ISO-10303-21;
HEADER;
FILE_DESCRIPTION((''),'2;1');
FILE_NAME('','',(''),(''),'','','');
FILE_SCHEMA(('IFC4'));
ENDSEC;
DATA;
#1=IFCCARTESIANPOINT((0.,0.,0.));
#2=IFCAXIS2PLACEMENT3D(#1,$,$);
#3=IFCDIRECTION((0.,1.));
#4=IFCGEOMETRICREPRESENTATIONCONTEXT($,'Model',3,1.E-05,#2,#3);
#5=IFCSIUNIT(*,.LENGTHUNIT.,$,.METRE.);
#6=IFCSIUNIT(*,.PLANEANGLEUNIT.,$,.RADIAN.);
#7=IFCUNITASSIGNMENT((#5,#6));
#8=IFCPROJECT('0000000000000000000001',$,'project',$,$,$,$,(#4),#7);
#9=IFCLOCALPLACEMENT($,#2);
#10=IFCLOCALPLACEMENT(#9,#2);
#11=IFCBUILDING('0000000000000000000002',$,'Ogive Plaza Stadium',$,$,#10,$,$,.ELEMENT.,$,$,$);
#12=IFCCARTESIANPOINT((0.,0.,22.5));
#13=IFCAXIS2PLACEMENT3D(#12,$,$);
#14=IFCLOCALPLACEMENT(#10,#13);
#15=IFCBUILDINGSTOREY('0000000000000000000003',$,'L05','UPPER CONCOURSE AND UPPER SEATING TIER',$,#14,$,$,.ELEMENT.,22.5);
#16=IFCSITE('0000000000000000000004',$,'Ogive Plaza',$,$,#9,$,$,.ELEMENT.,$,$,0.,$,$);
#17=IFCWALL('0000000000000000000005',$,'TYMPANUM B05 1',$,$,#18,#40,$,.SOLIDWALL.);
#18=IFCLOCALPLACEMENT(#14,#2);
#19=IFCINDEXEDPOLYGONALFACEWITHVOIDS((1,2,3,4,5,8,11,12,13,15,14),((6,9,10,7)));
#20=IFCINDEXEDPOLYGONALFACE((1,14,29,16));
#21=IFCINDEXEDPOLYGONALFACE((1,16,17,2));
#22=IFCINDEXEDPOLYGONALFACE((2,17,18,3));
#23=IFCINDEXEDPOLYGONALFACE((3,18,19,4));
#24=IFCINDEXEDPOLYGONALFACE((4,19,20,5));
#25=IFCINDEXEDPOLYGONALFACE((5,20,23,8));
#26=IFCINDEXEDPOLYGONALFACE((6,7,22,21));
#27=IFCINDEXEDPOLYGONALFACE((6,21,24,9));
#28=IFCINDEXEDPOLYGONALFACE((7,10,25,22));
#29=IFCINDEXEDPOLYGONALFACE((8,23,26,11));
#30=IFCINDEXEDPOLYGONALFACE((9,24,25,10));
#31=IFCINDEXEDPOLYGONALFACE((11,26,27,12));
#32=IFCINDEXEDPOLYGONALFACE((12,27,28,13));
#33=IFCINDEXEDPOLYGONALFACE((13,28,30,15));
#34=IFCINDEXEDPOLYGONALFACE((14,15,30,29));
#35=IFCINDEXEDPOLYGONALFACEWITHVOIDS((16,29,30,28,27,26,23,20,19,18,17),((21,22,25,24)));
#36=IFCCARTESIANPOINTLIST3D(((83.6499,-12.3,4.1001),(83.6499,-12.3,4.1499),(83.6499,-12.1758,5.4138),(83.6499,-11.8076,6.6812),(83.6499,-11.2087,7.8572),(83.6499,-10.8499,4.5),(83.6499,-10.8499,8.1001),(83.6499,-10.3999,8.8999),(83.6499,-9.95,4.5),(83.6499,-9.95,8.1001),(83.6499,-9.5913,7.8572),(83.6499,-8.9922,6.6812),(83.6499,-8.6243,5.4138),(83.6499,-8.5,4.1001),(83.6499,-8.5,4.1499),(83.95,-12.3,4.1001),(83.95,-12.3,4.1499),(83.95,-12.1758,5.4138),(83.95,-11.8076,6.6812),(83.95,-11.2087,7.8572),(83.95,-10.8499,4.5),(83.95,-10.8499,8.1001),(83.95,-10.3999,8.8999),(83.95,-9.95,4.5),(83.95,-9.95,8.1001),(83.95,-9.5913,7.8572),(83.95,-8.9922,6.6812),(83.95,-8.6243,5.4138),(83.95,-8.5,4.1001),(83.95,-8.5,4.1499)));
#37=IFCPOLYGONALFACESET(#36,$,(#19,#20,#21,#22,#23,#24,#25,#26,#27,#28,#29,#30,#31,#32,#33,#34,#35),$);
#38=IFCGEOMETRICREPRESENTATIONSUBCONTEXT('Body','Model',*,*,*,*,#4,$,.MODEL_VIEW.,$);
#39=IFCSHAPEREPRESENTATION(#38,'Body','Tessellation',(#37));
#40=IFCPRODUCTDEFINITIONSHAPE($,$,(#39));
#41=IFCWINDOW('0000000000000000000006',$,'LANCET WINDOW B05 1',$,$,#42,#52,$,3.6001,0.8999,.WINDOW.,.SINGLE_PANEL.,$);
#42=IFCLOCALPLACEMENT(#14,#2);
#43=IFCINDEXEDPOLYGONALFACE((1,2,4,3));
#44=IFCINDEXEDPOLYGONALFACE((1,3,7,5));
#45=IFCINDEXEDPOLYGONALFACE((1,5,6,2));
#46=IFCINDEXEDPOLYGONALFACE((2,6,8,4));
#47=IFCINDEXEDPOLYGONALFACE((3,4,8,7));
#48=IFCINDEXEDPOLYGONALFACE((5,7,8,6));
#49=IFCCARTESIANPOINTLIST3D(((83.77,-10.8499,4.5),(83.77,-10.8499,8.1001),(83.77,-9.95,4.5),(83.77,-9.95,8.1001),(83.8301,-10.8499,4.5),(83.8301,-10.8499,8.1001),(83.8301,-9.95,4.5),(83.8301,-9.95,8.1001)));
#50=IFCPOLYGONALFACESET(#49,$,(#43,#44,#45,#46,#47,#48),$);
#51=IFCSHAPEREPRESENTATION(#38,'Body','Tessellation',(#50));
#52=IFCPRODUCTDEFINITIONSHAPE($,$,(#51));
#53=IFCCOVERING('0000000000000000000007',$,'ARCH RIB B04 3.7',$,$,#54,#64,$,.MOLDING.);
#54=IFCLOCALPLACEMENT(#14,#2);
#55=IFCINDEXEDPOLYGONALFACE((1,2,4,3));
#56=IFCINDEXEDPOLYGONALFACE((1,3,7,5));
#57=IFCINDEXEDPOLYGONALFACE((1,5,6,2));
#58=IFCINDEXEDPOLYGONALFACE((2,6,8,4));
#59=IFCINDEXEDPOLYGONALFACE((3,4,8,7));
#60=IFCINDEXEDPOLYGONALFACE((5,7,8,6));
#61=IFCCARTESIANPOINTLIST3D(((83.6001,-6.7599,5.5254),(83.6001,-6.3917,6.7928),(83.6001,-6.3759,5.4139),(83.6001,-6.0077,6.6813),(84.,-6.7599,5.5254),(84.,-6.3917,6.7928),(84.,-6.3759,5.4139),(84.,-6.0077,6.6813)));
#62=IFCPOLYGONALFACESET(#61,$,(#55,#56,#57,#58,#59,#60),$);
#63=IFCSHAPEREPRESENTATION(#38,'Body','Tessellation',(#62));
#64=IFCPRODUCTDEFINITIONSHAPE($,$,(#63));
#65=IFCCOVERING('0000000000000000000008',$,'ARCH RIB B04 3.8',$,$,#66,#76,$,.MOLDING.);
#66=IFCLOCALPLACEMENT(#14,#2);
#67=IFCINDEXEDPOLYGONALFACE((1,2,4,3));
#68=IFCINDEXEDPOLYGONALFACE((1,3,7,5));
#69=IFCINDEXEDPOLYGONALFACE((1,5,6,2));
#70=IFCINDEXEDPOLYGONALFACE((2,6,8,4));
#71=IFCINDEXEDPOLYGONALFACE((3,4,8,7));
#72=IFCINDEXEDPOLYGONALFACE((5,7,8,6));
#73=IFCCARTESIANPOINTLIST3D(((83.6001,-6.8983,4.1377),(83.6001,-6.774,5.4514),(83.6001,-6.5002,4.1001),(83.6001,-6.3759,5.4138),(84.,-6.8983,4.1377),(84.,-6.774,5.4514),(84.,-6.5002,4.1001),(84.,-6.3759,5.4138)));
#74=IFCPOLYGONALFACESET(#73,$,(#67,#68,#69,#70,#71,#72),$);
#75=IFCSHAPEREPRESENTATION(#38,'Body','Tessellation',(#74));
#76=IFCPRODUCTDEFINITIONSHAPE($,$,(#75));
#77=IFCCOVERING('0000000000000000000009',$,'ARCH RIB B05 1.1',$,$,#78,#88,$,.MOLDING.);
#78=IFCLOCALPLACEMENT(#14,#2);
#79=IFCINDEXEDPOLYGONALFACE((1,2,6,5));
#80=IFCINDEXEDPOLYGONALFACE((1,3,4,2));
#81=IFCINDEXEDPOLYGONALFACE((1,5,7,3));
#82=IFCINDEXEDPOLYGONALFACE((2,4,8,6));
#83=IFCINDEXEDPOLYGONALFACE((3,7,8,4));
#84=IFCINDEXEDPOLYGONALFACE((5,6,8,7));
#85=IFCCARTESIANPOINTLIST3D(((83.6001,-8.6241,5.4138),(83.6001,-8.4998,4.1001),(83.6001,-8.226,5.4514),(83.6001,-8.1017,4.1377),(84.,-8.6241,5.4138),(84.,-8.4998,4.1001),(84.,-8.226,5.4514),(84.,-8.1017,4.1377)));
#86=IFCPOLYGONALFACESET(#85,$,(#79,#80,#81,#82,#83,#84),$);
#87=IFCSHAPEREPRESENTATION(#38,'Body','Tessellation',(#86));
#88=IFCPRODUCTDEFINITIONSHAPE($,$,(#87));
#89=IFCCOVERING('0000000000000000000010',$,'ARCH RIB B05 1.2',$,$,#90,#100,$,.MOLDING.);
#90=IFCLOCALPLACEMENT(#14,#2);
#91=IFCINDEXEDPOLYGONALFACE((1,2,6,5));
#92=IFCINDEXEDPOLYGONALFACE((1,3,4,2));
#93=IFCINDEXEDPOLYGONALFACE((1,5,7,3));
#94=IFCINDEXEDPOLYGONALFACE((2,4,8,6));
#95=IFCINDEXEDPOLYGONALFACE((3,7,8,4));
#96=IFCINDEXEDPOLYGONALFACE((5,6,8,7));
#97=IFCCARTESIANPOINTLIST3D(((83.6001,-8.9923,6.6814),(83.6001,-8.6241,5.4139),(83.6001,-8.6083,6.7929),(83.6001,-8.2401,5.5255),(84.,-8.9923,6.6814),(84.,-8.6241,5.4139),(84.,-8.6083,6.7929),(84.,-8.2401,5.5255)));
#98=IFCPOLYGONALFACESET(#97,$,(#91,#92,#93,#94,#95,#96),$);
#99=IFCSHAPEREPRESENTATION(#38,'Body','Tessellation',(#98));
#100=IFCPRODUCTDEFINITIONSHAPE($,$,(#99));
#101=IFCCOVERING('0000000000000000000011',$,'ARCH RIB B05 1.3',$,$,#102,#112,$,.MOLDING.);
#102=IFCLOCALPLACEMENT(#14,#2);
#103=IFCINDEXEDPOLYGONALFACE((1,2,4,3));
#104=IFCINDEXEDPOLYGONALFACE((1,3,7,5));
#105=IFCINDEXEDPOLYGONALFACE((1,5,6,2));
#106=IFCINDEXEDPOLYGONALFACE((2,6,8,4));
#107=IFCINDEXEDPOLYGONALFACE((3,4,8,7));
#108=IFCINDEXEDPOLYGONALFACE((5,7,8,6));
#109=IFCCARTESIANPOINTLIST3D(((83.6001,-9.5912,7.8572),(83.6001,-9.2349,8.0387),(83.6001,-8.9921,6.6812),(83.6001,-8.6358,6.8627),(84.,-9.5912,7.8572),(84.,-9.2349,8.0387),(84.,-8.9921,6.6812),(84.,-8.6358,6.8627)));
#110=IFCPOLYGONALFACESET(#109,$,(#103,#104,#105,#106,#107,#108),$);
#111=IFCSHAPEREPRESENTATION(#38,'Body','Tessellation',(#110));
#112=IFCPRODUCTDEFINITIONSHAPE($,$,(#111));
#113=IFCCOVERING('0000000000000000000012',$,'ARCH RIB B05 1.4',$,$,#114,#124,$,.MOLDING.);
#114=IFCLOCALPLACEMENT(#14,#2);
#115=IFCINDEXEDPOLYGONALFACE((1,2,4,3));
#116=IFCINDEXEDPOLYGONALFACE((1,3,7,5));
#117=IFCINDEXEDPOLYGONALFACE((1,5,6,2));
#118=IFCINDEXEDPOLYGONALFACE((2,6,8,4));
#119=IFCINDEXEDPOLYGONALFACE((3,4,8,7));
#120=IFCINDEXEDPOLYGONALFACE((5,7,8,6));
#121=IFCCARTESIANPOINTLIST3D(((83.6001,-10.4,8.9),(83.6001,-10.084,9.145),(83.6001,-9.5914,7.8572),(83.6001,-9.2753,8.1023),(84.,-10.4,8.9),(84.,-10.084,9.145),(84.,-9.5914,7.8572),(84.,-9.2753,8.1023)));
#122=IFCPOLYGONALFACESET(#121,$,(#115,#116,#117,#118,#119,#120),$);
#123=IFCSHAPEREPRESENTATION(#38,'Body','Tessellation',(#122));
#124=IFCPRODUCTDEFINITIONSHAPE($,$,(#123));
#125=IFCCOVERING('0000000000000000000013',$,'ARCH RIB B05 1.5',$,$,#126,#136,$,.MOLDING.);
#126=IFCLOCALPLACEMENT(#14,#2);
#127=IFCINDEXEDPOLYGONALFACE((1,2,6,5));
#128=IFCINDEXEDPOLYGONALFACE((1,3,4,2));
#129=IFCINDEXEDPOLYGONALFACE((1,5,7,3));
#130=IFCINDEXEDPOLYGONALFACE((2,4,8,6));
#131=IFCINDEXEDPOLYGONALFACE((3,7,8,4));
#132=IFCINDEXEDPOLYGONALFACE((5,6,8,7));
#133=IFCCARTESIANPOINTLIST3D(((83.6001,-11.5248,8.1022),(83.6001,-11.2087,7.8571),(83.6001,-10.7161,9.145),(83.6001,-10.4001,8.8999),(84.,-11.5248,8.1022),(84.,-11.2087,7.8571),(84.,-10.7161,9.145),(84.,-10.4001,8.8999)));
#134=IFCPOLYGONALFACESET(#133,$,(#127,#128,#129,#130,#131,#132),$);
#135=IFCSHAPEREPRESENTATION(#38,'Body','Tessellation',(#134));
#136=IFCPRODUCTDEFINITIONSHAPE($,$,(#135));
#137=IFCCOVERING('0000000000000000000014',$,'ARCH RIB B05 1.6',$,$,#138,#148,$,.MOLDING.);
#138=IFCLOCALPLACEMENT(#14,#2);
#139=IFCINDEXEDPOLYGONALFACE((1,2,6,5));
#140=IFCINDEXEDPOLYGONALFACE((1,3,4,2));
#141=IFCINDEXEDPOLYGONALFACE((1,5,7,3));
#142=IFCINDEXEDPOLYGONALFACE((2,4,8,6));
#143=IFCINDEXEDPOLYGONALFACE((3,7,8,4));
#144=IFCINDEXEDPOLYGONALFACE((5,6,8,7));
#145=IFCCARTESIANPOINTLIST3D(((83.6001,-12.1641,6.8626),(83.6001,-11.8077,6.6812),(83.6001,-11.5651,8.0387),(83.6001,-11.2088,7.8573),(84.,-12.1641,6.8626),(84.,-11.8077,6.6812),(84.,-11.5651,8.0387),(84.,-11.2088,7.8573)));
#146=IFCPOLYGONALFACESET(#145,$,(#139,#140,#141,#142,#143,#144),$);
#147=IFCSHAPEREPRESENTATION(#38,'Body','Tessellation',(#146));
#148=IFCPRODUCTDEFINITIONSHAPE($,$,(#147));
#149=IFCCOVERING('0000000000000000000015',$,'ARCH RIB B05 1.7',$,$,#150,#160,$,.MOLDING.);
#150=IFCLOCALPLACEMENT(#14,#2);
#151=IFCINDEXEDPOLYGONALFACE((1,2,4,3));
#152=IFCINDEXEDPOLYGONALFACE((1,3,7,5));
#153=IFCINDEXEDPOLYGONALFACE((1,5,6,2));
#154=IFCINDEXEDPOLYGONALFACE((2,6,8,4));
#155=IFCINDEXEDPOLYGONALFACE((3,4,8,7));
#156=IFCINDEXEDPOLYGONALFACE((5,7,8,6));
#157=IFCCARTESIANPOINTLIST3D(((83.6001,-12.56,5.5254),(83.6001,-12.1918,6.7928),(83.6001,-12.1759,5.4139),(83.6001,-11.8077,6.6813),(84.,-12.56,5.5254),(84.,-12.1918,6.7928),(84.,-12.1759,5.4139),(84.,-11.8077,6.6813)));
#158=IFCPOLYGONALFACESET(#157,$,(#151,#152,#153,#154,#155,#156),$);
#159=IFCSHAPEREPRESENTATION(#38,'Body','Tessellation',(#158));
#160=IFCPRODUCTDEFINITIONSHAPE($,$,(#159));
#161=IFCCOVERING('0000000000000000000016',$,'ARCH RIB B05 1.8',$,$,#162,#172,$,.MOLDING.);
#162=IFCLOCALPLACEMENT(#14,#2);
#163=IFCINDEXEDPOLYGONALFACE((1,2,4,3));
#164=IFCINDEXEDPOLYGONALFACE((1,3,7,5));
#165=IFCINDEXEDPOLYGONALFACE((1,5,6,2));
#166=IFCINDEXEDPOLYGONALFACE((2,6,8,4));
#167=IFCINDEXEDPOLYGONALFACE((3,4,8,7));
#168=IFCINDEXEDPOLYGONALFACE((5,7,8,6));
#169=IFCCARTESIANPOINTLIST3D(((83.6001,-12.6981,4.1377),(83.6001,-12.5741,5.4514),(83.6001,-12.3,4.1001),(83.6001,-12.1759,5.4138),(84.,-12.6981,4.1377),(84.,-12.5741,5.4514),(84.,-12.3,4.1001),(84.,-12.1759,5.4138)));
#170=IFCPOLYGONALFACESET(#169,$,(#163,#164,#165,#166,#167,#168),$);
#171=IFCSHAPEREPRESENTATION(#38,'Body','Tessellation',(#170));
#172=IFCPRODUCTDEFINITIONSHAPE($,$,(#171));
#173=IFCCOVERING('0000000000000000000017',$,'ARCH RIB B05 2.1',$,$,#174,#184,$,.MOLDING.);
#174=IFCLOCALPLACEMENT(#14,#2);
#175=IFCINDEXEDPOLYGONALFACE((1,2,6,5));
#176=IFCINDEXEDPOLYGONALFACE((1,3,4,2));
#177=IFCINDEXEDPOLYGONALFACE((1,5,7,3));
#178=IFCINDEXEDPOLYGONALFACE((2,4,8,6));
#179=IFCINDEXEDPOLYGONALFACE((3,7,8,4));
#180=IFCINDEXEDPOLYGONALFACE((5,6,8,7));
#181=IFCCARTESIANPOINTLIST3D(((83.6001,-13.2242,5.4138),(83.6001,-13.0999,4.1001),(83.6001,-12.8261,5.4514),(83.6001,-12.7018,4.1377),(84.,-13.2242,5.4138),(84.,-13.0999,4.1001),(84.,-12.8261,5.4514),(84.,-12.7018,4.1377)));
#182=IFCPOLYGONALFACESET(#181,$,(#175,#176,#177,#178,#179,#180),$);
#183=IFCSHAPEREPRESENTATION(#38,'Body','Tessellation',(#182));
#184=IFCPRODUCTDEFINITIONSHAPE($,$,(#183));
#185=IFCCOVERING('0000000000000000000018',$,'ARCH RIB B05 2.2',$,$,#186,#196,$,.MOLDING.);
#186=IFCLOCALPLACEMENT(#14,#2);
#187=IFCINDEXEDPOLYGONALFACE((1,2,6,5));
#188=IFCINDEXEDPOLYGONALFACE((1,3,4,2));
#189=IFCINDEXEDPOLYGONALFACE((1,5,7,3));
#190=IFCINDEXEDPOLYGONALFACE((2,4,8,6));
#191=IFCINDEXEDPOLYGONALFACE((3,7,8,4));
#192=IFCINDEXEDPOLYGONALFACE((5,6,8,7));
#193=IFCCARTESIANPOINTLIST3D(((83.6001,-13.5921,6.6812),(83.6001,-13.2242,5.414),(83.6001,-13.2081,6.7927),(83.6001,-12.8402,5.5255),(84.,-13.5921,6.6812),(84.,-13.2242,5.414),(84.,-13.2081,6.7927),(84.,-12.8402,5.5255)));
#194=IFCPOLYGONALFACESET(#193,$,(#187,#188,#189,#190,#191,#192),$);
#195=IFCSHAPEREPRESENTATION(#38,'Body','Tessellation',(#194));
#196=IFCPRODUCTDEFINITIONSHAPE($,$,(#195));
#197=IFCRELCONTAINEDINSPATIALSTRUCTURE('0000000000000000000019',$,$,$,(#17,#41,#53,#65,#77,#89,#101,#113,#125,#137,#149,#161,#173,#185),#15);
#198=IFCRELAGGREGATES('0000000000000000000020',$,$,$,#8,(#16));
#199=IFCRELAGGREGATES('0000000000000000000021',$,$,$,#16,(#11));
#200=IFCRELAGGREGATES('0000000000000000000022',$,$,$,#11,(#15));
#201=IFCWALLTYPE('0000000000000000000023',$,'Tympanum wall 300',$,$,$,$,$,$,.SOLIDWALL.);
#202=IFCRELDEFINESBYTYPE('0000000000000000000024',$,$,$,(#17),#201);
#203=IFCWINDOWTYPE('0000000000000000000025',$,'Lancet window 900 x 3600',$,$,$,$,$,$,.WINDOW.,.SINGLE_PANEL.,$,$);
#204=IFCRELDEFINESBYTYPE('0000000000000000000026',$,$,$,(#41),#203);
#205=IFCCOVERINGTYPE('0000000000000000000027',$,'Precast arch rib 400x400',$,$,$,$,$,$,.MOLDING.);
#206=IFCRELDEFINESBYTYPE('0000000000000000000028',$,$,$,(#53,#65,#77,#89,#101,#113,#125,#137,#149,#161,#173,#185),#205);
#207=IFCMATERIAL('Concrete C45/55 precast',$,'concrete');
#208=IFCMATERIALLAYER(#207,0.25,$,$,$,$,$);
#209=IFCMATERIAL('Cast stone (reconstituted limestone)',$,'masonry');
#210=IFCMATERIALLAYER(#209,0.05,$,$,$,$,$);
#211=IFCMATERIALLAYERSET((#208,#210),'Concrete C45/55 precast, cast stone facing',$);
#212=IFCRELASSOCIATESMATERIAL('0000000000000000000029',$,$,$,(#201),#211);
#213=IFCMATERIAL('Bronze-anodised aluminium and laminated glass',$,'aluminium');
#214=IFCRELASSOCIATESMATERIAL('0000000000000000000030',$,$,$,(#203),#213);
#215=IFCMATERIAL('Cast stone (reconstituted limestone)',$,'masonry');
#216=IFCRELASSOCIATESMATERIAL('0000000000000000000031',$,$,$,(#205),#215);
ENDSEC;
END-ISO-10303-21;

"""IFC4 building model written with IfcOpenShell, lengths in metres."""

from ifc_helpers import new_model, si_unit, direction, frame, frame_2d, origin, origin_2d, place, context, subcontext, project, spatial, polyline, rectangle, outline, extrude, material, layer, layer_set, material_profile, profile_set, type_object, element, fill, save


model = new_model("IFC4")

# Units and contexts
model_context = context("Model", 3, precision=1e-05, world=origin(), true_north=direction((0.0, 1.0)))
body_context = subcontext(model_context, "Body", "Model", "MODEL_VIEW")
ifc_project = project(units=[si_unit("LENGTHUNIT", "METRE"), si_unit("PLANEANGLEUNIT", "RADIAN")], contexts=[model_context])

# Site, building, storey
site_placement = place(None, origin())
site = spatial("IfcSite", under=ifc_project, at=site_placement, Name="Ogive Plaza", CompositionType="ELEMENT", RefElevation=0.0)
building_placement = place(site_placement, origin())
building = spatial("IfcBuilding", under=site, at=building_placement, Name="Ogive Plaza Stadium", CompositionType="ELEMENT")
storey_placement = place(building_placement, frame((0.0, 0.0, 22.5)))
storey = spatial("IfcBuildingStorey", under=building, at=storey_placement, Name="L05", Description="UPPER CONCOURSE AND UPPER SEATING TIER", CompositionType="ELEMENT", Elevation=22.5)

# Wall, opening, window
ifc_material_1 = material(Name="Concrete C45/55 precast", Category="concrete")
ifc_layer_1 = layer(ifc_material_1, 0.25)
ifc_material_2 = material(Name="Cast stone (reconstituted limestone)", Category="masonry")
ifc_layer_2 = layer(ifc_material_2, 0.05)
ifc_layer_set_1 = layer_set([ifc_layer_1, ifc_layer_2], Name="Concrete C45/55 precast, cast stone facing")
wall_type = type_object("IfcWallType", Name="Tympanum wall 300", PredefinedType="SOLIDWALL", material=ifc_layer_set_1)
wall_placement = place(storey_placement, frame((83.8, -8.5, 4.1001), z_axis=(0.0, 0.0, 1.0), x_axis=(0.0, -1.0, 0.0)))
wall = element("IfcWall", 1, at=wall_placement, inside=storey, type_object=wall_type, Name="TYMPANUM B05 1", PredefinedType="SOLIDWALL", context=body_context, shape_type="SweptSolid", body=[
    extrude(outline(polyline([(0.0, 0.0), (3.8, 0.0), (3.8, 0.0498), (3.6758, 1.3137), (3.3076, 2.5811), (2.7087, 3.7571), (1.8999, 4.7998), (1.0913, 3.7571), (0.4922, 2.5811), (0.1243, 1.3137), (0.0, 0.0498), (0.0, 0.0)])), frame((0.0, 0.1499, 0.0), z_axis=(0.0, -1.0, 0.0), x_axis=(1.0, 0.0, 0.0)), (0.0, 0.0, 1.0), 0.3),
])
opening_placement = place(wall_placement, frame((1.45, 0.0, 0.3999)))
opening = element("IfcOpeningElement", 2, at=opening_placement, cuts=wall, PredefinedType="OPENING", context=body_context, shape_type="SweptSolid", body=[
    extrude(rectangle(XDim=0.8999, YDim=3.6001, at=frame_2d((0.45, 1.8))), frame((0.0, 0.1602, 0.0), z_axis=(0.0, -1.0, 0.0), x_axis=(1.0, 0.0, 0.0)), (0.0, 0.0, 1.0), 0.3201),
])
ifc_material_3 = material(Name="Bronze-anodised aluminium and laminated glass", Category="aluminium")
window_type = type_object("IfcWindowType", Name="Lancet window 900 x 3600", PartitioningType="SINGLE_PANEL", PredefinedType="WINDOW", material=ifc_material_3)
window_placement = place(opening_placement, origin())
window = element("IfcWindow", 3, at=window_placement, inside=storey, type_object=window_type, Name="LANCET WINDOW B05 1", OverallHeight=3.6001, OverallWidth=0.8999, PartitioningType="SINGLE_PANEL", PredefinedType="WINDOW", context=body_context, shape_type="SweptSolid", body=[
    extrude(rectangle(XDim=0.8999, YDim=3.6001, at=frame_2d((0.45, 1.8))), frame((0.0, 0.03, 0.0), z_axis=(0.0, -1.0, 0.0), x_axis=(1.0, 0.0, 0.0)), (0.0, 0.0, 1.0), 0.0601),
])
fill(opening, window)

# Coverings
ifc_material_4 = material(Name="Cast stone (reconstituted limestone)", Category="masonry")
ifc_material_profile_1 = material_profile(ifc_material_4, rectangle(XDim=0.3999, YDim=0.3999, at=origin_2d()), Name="Cast stone 400x400")
ifc_profile_set_1 = profile_set([ifc_material_profile_1], Name="Cast stone (reconstituted limestone)")
covering_type = type_object("IfcCoveringType", Name="Precast arch rib 400x400", PredefinedType="MOLDING", material=ifc_profile_set_1)
covering_placement = place(storey_placement, frame((83.8, -6.1997, 6.7371), z_axis=(0.0, -0.27897, -0.9603), x_axis=(1.0, 0.0, 0.0)))
element("IfcCovering", 4, at=covering_placement, inside=storey, type_object=covering_type, Name="ARCH RIB B04 3.7", PredefinedType="MOLDING", context=body_context, shape_type="SweptSolid", body=[
    extrude(rectangle(XDim=0.3999, YDim=0.3999, at=origin_2d()), origin(), (0.0, 0.0, 1.0), 1.3198),
])
for number, where, z_axis, x_axis, name in (
    (5, (83.8, -6.575, 5.4326), (0.0, -0.094172, -0.995556), (1.0, 0.0, 0.0), "ARCH RIB B04 3.8"),
    (6, (83.8, -8.3008, 4.1189), (0.0, -0.094172, 0.995556), (1.0, 0.0, 0.0), "ARCH RIB B05 1.1"),
):
    element("IfcCovering", number, at=place(storey_placement, frame(where, z_axis=z_axis, x_axis=x_axis)), inside=storey, type_object=covering_type, Name=name, PredefinedType="MOLDING", context=body_context, shape_type="SweptSolid", body=[
        extrude(rectangle(XDim=0.3999, YDim=0.3999, at=origin_2d()), origin(), (0.0, 0.0, 1.0), 1.3196),
    ])
for number, where, z_axis, x_axis, name in (
    (7, (83.8, -8.4321, 5.4697), (0.0, -0.27897, 0.9603), (1.0, 0.0, 0.0), "ARCH RIB B05 1.2"),
    (8, (83.8, -8.814, 6.772), (0.0, -0.453934, 0.891035), (1.0, 0.0, 0.0), "ARCH RIB B05 1.3"),
):
    element("IfcCovering", number, at=place(storey_placement, frame(where, z_axis=z_axis, x_axis=x_axis)), inside=storey, type_object=covering_type, Name=name, PredefinedType="MOLDING", context=body_context, shape_type="SweptSolid", body=[
        extrude(rectangle(XDim=0.3999, YDim=0.3999, at=origin_2d()), origin(), (0.0, 0.0, 1.0), 1.3198),
    ])
for number, where, z_axis, x_axis, name in (
    (9, (83.8, -9.4333, 7.9797), (0.0, -0.6128, 0.790238), (1.0, 0.0, 0.0), "ARCH RIB B05 1.4"),
    (10, (83.8, -10.5581, 9.0225), (0.0, -0.6128, -0.790238), (1.0, 0.0, 0.0), "ARCH RIB B05 1.5"),
):
    element("IfcCovering", number, at=place(storey_placement, frame(where, z_axis=z_axis, x_axis=x_axis)), inside=storey, type_object=covering_type, Name=name, PredefinedType="MOLDING", context=body_context, shape_type="SweptSolid", body=[
        extrude(rectangle(XDim=0.3999, YDim=0.3999, at=origin_2d()), origin(), (0.0, 0.0, 1.0), 1.3196),
    ])
for number, where, z_axis, x_axis, name in (
    (11, (83.8, -11.387, 7.948), (0.0, -0.453787, -0.89111), (1.0, 0.0, 0.0), "ARCH RIB B05 1.6"),
    (12, (83.8, -11.9998, 6.7371), (0.0, -0.27897, -0.9603), (1.0, 0.0, 0.0), "ARCH RIB B05 1.7"),
):
    element("IfcCovering", number, at=place(storey_placement, frame(where, z_axis=z_axis, x_axis=x_axis)), inside=storey, type_object=covering_type, Name=name, PredefinedType="MOLDING", context=body_context, shape_type="SweptSolid", body=[
        extrude(rectangle(XDim=0.3999, YDim=0.3999, at=origin_2d()), origin(), (0.0, 0.0, 1.0), 1.3198),
    ])
for number, where, z_axis, x_axis, name in (
    (13, (83.8, -12.375, 5.4326), (0.0, -0.093988, -0.995573), (1.0, 0.0, 0.0), "ARCH RIB B05 1.8"),
    (14, (83.8, -12.9009, 4.1189), (0.0, -0.094172, 0.995556), (1.0, 0.0, 0.0), "ARCH RIB B05 2.1"),
    (15, (83.8, -13.0322, 5.4697), (0.0, -0.278799, 0.960349), (1.0, 0.0, 0.0), "ARCH RIB B05 2.2"),
):
    element("IfcCovering", number, at=place(storey_placement, frame(where, z_axis=z_axis, x_axis=x_axis)), inside=storey, type_object=covering_type, Name=name, PredefinedType="MOLDING", context=body_context, shape_type="SweptSolid", body=[
        extrude(rectangle(XDim=0.3999, YDim=0.3999, at=origin_2d()), origin(), (0.0, 0.0, 1.0), 1.3196),
    ])

save(model, "model.ifc")
